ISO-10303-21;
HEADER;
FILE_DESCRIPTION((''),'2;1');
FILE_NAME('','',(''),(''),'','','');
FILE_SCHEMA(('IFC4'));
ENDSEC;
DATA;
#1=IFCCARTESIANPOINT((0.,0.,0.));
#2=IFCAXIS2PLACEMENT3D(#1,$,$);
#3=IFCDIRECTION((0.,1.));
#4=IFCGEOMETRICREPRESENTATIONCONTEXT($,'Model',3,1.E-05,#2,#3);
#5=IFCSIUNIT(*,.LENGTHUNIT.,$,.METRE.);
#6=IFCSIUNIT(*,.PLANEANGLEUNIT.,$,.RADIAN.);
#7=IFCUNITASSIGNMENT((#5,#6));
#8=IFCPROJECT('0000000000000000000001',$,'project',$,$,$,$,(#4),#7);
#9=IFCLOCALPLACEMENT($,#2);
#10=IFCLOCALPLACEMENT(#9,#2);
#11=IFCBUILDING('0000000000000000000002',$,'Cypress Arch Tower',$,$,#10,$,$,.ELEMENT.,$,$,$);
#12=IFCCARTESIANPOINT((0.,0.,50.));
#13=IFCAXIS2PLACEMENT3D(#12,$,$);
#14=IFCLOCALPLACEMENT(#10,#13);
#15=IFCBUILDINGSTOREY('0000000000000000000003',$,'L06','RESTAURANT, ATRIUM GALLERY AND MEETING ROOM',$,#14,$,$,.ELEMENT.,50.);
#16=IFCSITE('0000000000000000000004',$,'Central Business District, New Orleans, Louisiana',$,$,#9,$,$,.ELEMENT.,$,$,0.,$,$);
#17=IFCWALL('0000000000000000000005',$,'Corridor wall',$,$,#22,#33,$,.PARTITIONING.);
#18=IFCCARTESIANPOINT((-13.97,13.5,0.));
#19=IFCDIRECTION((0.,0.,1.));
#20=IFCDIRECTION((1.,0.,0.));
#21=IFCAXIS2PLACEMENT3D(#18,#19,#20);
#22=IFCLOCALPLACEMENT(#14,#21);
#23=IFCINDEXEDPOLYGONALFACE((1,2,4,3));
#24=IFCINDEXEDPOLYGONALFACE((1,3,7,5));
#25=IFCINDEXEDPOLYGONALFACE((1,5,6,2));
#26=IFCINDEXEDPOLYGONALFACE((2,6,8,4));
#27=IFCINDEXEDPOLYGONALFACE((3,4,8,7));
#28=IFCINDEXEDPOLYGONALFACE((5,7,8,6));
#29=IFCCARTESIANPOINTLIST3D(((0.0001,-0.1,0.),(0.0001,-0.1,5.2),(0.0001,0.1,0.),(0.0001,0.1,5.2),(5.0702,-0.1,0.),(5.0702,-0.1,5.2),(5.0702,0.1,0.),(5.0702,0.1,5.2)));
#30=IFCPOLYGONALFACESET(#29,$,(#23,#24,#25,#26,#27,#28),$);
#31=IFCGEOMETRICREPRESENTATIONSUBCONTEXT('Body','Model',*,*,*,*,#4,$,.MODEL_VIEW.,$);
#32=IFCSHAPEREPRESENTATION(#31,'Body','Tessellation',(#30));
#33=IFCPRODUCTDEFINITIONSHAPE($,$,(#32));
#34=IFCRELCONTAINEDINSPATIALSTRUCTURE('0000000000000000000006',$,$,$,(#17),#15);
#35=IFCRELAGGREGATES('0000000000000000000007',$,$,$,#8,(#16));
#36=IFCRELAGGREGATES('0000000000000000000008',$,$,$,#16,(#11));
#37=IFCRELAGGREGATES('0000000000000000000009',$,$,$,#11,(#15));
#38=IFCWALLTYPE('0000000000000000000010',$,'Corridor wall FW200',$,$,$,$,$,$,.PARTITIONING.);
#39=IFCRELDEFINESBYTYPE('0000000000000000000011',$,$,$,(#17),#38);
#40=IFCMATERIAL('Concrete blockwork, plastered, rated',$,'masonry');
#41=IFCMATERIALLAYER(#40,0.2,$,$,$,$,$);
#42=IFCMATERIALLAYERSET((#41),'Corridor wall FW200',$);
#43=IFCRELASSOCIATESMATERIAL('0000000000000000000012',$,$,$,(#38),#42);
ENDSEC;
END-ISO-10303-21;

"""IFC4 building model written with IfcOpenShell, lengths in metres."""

from ifc_helpers import new_model, si_unit, direction, frame, frame_2d, origin, place, context, subcontext, project, spatial, rectangle, extrude, material, layer, layer_set, type_object, element, save


model = new_model("IFC4")

# Units and contexts
model_context = context("Model", 3, precision=1e-05, world=origin(), true_north=direction((0.0, 1.0)))
body_context = subcontext(model_context, "Body", "Model", "MODEL_VIEW")
ifc_project = project(units=[si_unit("LENGTHUNIT", "METRE"), si_unit("PLANEANGLEUNIT", "RADIAN")], contexts=[model_context])

# Site, building, storey
site_placement = place(None, origin())
site = spatial("IfcSite", under=ifc_project, at=site_placement, Name="Central Business District, New Orleans, Louisiana", CompositionType="ELEMENT", RefElevation=0.0)
building_placement = place(site_placement, origin())
building = spatial("IfcBuilding", under=site, at=building_placement, Name="Cypress Arch Tower", CompositionType="ELEMENT")
storey_placement = place(building_placement, frame((0.0, 0.0, 50.0)))
storey = spatial("IfcBuildingStorey", under=building, at=storey_placement, Name="L06", Description="RESTAURANT, ATRIUM GALLERY AND MEETING ROOM", CompositionType="ELEMENT", Elevation=50.0)

# Wall
ifc_material_1 = material(Name="Concrete blockwork, plastered, rated", Category="masonry")
ifc_layer_1 = layer(ifc_material_1, 0.2)
ifc_layer_set_1 = layer_set([ifc_layer_1], Name="Corridor wall FW200")
wall_type_1 = type_object("IfcWallType", Name="Corridor wall FW200", PredefinedType="PARTITIONING", material=ifc_layer_set_1)
wall_1_placement = place(storey_placement, frame((-13.97, 13.5, 0.0), z_axis=(0.0, 0.0, 1.0), x_axis=(1.0, 0.0, 0.0)))
element("IfcWall", 1, at=wall_1_placement, inside=storey, type_object=wall_type_1, Name="Corridor wall", PredefinedType="PARTITIONING", context=body_context, shape_type="SweptSolid", body=[
    extrude(rectangle(XDim=5.0701, YDim=0.2, at=frame_2d((2.5352, 0.0))), origin(), (0.0, 0.0, 1.0), 5.2),
])

save(model, "model.ifc")
